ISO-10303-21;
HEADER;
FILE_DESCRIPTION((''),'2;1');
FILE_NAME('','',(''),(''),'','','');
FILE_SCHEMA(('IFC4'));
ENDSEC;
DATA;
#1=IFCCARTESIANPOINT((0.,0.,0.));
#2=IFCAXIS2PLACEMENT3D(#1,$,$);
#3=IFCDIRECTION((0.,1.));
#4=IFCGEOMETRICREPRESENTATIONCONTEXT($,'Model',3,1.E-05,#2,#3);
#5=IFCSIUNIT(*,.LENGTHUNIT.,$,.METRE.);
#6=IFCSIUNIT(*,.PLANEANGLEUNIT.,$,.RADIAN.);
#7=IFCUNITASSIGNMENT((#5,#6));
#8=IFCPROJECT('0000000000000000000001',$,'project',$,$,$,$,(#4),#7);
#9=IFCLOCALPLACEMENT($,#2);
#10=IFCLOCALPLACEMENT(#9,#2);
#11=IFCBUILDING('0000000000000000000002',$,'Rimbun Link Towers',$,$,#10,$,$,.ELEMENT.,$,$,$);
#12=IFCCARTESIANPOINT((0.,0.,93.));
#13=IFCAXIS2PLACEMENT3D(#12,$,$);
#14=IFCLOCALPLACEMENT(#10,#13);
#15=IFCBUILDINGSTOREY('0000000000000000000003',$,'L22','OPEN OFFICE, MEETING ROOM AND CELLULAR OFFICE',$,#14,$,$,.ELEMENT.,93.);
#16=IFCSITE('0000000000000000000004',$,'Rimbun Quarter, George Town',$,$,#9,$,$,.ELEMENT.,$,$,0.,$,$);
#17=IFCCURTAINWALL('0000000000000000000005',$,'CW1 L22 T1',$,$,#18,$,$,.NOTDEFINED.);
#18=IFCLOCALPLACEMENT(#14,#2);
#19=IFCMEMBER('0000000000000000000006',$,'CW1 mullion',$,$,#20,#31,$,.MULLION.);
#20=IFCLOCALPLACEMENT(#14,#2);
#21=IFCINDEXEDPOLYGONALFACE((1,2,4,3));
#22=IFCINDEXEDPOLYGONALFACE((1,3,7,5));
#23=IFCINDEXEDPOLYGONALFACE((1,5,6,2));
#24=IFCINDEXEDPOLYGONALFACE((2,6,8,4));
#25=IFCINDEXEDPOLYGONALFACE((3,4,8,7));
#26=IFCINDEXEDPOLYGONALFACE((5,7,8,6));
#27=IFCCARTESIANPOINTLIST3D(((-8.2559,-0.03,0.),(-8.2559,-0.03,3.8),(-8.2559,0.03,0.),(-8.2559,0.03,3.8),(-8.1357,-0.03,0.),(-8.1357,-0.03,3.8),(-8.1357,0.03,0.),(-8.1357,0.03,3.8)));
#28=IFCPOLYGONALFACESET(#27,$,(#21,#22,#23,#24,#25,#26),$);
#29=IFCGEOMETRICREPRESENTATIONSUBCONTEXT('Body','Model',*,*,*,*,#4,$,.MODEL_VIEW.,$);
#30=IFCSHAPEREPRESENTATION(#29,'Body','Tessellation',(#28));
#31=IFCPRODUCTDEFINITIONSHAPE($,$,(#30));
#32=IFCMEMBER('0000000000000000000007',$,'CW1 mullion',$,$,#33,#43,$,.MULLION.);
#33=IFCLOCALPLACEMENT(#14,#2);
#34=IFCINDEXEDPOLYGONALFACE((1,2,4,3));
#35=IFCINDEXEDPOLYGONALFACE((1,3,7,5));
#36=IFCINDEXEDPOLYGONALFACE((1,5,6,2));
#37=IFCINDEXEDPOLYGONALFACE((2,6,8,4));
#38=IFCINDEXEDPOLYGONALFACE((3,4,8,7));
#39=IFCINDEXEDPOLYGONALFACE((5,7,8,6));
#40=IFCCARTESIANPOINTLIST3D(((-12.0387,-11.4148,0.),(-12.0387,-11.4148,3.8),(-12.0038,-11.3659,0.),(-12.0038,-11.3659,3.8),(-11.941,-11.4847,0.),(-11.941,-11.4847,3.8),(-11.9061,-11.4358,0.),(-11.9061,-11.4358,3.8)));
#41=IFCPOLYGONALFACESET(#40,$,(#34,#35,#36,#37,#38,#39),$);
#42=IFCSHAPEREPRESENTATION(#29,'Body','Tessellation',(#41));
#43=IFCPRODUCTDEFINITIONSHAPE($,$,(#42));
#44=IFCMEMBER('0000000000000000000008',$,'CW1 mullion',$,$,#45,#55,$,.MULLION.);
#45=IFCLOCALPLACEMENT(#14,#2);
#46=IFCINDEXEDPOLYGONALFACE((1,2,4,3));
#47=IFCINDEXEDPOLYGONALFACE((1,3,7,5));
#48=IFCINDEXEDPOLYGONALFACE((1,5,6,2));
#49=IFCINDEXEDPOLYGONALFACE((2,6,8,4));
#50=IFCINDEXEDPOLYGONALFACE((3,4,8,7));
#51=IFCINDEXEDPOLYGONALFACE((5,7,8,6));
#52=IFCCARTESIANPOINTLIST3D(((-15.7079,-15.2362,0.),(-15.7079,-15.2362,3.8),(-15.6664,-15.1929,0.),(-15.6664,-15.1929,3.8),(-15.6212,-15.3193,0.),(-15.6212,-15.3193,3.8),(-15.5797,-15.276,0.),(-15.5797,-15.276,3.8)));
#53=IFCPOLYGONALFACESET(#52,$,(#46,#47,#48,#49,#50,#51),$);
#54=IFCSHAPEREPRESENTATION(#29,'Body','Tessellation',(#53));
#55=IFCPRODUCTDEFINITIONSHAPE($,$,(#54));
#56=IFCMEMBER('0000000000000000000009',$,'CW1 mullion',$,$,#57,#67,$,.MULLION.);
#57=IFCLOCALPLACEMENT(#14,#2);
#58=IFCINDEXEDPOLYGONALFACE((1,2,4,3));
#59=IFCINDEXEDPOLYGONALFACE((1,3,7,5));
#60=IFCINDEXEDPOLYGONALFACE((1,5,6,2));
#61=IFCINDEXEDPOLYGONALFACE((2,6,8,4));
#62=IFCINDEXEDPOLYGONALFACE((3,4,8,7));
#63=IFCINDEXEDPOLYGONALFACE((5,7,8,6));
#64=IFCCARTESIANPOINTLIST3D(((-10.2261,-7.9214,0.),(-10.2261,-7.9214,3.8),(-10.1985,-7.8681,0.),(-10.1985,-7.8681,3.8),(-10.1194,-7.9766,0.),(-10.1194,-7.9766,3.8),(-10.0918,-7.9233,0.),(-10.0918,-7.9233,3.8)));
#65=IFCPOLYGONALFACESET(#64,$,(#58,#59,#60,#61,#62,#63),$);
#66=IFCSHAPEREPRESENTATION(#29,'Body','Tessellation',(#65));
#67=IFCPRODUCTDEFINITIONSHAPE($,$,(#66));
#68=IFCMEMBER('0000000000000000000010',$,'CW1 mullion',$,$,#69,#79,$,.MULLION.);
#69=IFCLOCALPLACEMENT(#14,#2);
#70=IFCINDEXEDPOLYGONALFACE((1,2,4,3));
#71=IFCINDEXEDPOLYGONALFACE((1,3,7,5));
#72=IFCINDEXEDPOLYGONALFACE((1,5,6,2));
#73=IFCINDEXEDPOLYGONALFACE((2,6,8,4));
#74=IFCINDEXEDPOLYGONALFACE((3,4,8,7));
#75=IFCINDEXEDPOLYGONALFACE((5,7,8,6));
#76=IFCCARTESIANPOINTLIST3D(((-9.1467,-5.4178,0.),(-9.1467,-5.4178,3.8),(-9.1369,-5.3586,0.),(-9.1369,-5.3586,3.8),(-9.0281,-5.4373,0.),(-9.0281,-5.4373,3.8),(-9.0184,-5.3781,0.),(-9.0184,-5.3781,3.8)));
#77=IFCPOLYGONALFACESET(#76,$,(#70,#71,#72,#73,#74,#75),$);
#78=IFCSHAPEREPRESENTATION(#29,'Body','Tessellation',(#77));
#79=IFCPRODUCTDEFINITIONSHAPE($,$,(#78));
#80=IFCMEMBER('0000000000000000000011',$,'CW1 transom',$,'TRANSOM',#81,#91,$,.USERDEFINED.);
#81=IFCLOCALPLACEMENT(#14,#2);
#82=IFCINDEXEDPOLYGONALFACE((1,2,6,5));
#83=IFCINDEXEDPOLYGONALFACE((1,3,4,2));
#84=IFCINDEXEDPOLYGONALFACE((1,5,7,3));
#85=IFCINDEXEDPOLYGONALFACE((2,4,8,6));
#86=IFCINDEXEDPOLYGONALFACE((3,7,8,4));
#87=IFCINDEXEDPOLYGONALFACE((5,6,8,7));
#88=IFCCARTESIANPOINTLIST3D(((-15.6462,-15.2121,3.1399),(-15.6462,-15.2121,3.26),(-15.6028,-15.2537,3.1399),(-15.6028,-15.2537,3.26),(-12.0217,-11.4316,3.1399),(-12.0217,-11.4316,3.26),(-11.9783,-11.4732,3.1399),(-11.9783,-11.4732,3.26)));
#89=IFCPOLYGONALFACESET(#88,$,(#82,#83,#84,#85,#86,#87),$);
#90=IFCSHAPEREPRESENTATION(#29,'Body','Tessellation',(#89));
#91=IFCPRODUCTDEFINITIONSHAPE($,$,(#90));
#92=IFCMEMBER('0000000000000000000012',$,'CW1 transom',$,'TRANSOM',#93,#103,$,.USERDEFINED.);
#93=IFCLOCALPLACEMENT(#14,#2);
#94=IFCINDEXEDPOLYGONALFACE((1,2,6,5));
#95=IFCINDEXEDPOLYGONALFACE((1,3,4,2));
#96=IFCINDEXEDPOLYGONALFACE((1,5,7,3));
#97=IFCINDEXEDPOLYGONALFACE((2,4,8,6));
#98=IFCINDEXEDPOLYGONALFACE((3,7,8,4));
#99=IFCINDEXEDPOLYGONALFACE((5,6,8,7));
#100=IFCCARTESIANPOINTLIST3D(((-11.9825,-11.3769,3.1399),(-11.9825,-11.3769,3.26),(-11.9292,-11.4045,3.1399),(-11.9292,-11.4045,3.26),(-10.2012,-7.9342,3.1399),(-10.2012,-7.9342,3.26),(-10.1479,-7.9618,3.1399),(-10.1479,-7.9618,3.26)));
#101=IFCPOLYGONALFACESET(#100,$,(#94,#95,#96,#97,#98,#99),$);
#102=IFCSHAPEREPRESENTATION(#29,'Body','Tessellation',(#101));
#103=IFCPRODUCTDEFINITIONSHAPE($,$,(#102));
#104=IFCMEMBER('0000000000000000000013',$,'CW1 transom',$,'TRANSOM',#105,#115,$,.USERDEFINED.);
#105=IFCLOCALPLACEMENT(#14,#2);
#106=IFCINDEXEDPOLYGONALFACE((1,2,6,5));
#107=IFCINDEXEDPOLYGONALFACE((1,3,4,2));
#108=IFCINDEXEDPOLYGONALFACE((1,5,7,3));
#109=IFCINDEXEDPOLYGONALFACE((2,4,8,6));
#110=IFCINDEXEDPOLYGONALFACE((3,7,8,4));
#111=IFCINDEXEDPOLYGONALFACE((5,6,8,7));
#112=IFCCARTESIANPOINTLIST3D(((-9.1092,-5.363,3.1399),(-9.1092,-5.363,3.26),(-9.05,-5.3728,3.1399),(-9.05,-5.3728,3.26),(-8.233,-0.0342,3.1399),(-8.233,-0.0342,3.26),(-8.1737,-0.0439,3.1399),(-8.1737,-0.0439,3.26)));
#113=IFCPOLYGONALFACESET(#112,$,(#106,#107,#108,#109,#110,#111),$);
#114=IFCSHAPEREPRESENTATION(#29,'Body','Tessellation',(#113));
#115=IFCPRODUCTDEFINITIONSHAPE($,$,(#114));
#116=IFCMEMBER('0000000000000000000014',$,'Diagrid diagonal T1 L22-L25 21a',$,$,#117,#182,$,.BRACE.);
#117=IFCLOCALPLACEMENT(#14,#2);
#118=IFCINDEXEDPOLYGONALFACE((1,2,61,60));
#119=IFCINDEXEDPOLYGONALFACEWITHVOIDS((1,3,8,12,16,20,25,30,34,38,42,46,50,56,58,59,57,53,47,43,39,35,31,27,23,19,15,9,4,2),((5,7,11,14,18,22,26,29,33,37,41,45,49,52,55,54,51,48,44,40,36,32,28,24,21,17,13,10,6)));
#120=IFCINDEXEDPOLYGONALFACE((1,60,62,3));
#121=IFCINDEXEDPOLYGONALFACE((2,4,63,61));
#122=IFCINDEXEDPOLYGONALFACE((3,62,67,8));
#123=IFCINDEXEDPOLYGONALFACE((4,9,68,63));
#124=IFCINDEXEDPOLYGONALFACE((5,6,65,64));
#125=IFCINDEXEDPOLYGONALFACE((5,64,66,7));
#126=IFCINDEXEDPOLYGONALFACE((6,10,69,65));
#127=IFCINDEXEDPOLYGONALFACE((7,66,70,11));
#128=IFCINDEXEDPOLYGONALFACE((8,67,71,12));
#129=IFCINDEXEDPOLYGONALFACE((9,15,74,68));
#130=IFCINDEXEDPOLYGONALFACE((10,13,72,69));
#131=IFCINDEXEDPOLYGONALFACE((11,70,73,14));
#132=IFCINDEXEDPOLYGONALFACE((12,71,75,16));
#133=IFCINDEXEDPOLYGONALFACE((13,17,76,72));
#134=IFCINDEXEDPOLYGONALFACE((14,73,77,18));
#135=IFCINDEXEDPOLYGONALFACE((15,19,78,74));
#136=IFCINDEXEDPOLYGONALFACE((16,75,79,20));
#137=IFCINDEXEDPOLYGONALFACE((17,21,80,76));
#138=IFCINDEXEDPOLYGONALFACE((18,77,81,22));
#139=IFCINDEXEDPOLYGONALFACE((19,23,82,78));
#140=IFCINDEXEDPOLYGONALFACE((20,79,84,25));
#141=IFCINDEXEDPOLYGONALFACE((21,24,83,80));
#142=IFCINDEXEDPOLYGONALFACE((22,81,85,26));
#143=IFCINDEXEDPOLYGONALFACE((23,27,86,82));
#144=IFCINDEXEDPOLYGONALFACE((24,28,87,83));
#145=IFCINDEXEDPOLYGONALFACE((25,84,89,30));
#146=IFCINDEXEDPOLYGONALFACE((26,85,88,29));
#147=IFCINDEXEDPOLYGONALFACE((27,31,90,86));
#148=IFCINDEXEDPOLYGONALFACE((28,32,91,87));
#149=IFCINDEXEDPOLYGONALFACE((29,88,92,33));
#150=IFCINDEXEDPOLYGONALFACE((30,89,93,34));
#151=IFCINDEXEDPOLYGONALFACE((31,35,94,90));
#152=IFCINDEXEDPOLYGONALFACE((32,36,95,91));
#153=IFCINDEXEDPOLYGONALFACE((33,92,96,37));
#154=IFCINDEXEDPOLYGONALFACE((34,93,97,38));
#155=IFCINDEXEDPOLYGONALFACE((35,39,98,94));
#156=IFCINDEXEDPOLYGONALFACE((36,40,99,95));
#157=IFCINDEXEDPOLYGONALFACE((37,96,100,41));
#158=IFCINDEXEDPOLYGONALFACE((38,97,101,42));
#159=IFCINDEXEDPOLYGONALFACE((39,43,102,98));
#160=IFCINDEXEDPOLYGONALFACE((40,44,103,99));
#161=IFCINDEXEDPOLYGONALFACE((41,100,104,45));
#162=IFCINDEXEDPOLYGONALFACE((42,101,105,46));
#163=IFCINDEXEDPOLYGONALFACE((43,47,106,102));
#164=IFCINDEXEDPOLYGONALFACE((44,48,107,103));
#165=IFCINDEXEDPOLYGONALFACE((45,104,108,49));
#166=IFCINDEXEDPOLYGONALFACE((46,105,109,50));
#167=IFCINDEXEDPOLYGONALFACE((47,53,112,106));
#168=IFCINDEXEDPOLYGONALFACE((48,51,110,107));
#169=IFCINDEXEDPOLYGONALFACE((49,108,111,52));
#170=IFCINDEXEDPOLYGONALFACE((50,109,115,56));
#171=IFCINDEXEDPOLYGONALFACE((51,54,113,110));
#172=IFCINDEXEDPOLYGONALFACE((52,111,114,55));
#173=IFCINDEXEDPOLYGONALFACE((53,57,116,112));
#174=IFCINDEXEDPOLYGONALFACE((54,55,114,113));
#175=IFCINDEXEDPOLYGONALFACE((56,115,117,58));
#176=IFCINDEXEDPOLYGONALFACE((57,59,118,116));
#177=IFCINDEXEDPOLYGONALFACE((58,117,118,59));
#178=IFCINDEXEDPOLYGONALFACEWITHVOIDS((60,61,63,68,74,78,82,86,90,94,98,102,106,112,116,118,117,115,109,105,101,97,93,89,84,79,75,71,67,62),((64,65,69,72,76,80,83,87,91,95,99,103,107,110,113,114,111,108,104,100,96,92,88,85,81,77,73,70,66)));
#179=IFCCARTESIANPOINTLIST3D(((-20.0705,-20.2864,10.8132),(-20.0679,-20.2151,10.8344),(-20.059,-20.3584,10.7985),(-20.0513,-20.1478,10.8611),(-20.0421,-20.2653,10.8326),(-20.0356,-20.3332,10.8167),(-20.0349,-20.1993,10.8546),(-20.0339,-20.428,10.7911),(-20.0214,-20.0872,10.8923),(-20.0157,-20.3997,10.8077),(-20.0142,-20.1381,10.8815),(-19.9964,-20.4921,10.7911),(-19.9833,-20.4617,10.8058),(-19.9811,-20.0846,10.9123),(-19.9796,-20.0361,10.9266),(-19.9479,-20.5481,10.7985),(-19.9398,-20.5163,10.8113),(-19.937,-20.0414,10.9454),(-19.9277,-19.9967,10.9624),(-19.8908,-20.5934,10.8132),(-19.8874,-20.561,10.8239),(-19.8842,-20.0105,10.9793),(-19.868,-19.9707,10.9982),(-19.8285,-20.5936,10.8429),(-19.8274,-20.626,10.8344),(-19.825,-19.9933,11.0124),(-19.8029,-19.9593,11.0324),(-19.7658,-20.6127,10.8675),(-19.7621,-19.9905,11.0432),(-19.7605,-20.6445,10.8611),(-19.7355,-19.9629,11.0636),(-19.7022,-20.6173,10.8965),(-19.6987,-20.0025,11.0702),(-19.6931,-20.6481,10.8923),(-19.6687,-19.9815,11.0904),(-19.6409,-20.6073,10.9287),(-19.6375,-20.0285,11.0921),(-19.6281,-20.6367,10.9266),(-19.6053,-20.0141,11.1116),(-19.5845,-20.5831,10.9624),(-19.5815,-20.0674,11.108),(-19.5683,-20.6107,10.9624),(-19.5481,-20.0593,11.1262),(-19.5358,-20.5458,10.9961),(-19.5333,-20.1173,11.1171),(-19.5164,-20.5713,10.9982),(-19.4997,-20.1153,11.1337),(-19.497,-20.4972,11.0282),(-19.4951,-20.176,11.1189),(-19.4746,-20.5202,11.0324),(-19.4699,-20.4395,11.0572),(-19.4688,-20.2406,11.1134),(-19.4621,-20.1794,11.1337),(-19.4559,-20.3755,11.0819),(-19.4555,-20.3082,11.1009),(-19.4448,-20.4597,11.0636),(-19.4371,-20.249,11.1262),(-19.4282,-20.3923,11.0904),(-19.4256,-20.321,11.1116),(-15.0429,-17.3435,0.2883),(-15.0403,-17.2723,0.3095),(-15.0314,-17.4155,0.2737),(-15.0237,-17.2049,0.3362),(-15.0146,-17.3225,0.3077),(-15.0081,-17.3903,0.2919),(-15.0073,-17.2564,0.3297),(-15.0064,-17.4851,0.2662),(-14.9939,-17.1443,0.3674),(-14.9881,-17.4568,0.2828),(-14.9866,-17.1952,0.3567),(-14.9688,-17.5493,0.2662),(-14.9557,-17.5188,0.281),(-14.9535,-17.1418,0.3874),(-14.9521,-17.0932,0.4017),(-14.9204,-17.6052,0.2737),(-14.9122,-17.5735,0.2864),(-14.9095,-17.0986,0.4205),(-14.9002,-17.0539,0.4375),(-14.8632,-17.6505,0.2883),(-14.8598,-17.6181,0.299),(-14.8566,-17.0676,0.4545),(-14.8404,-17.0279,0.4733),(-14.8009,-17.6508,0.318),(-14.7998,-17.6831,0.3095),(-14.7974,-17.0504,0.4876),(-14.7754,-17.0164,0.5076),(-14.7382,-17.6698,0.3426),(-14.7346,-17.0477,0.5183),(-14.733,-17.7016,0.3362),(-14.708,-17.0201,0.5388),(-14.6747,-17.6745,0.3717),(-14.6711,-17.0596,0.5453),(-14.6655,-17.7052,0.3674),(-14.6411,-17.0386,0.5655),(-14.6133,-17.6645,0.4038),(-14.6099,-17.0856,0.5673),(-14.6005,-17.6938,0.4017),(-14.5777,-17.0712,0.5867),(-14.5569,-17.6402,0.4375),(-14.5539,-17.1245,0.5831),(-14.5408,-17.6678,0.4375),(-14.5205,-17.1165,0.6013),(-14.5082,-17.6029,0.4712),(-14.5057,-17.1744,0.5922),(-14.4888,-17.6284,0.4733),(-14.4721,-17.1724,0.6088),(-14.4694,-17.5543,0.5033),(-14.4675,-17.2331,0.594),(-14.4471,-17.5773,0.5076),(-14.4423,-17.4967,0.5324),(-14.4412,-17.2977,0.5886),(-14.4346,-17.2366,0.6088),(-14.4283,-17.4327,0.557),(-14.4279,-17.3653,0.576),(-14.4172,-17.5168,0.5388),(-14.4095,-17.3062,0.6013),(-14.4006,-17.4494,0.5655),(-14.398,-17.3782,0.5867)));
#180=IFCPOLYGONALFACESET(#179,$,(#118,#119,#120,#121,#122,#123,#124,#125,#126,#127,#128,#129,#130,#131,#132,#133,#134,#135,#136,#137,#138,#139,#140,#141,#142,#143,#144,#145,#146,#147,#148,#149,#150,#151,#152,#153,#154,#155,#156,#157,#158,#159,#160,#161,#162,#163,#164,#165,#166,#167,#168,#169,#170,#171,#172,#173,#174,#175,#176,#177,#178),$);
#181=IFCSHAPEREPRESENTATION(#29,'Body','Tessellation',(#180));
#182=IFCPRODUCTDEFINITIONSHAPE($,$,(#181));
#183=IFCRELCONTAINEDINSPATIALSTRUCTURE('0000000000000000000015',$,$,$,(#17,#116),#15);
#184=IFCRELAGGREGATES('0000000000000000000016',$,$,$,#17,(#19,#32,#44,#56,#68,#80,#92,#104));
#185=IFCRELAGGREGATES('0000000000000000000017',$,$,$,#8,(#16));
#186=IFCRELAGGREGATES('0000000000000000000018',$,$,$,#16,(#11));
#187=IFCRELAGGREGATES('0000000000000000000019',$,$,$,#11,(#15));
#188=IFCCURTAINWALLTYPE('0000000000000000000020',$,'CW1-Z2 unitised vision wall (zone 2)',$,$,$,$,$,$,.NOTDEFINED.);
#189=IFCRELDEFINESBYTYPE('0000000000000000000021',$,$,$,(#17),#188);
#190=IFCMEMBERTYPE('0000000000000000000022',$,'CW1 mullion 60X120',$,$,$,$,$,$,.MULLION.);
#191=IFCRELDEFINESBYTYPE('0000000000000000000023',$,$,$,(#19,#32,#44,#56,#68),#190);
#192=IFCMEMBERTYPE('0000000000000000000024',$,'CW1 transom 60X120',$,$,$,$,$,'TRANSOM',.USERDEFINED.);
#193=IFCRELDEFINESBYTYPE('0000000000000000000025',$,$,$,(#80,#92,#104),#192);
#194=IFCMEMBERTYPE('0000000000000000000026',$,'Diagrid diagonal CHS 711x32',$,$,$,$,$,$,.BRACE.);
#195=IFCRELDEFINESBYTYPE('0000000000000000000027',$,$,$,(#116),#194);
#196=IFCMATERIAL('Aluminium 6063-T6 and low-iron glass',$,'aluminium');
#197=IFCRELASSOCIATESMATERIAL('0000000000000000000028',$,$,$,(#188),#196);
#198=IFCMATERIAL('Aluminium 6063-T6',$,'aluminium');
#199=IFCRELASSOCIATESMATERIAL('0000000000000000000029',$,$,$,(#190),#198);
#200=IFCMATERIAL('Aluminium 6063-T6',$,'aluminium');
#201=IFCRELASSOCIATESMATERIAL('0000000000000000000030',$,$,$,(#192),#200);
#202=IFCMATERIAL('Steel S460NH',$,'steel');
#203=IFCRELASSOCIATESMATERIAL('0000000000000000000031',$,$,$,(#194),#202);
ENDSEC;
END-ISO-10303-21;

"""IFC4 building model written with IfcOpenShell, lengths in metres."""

from ifc_helpers import new_model, si_unit, direction, frame, origin, origin_2d, place, context, subcontext, project, spatial, rectangle, hollow_circle, extrude, material, material_profile, profile_set, type_object, element, aggregate, save


model = new_model("IFC4")

# Units and contexts
model_context = context("Model", 3, precision=1e-05, world=origin(), true_north=direction((0.0, 1.0)))
body_context = subcontext(model_context, "Body", "Model", "MODEL_VIEW")
ifc_project = project(units=[si_unit("LENGTHUNIT", "METRE"), si_unit("PLANEANGLEUNIT", "RADIAN")], contexts=[model_context])

# Site, building, storey
site_placement = place(None, origin())
site = spatial("IfcSite", under=ifc_project, at=site_placement, Name="Rimbun Quarter, George Town", CompositionType="ELEMENT", RefElevation=0.0)
building_placement = place(site_placement, origin())
building = spatial("IfcBuilding", under=site, at=building_placement, Name="Rimbun Link Towers", CompositionType="ELEMENT")
storey_placement = place(building_placement, frame((0.0, 0.0, 93.0)))
storey = spatial("IfcBuildingStorey", under=building, at=storey_placement, Name="L22", Description="OPEN OFFICE, MEETING ROOM AND CELLULAR OFFICE", CompositionType="ELEMENT", Elevation=93.0)

# Curtain wall, members
ifc_material_1 = material(Name="Aluminium 6063-T6 and low-iron glass", Category="aluminium")
curtain_wall_type = type_object("IfcCurtainWallType", Name="CW1-Z2 unitised vision wall (zone 2)", PredefinedType="NOTDEFINED", material=ifc_material_1)
curtain_wall_placement = place(storey_placement, origin())
curtain_wall = element("IfcCurtainWall", 1, at=curtain_wall_placement, inside=storey, type_object=curtain_wall_type, Name="CW1 L22 T1", PredefinedType="NOTDEFINED")
ifc_material_2 = material(Name="Aluminium 6063-T6", Category="aluminium")
ifc_material_profile_1 = material_profile(ifc_material_2, rectangle(XDim=0.1201, YDim=0.0601, at=origin_2d()), Name="MULLION 60X120")
ifc_profile_set_1 = profile_set([ifc_material_profile_1], Name="Aluminium 6063-T6")
member_type_1 = type_object("IfcMemberType", Name="CW1 mullion 60X120", PredefinedType="MULLION", material=ifc_profile_set_1)
member_1_placement = place(storey_placement, frame((-8.1958, 0.0, 0.0), z_axis=(0.0, 0.0, 1.0), x_axis=(1.0, 0.0, 0.0)))
member_1 = element("IfcMember", 2, at=member_1_placement, type_object=member_type_1, Name="CW1 mullion", PredefinedType="MULLION", context=body_context, shape_type="SweptSolid", body=[
    extrude(rectangle(XDim=0.1201, YDim=0.0601, at=origin_2d()), origin(), (0.0, 0.0, 1.0), 3.8),
])
member_2_placement = place(storey_placement, frame((-11.9724, -11.4253, 0.0), z_axis=(0.0, 0.0, 1.0), x_axis=(0.813351, -0.581773, 0.0)))
member_2 = element("IfcMember", 3, at=member_2_placement, type_object=member_type_1, Name="CW1 mullion", PredefinedType="MULLION", context=body_context, shape_type="SweptSolid", body=[
    extrude(rectangle(XDim=0.1201, YDim=0.0601, at=origin_2d()), origin(), (0.0, 0.0, 1.0), 3.8),
])
member_3_placement = place(storey_placement, frame((-15.6438, -15.2561, 0.0), z_axis=(0.0, 0.0, 1.0), x_axis=(0.721854, -0.692045, 0.0)))
member_3 = element("IfcMember", 4, at=member_3_placement, type_object=member_type_1, Name="CW1 mullion", PredefinedType="MULLION", context=body_context, shape_type="SweptSolid", body=[
    extrude(rectangle(XDim=0.1201, YDim=0.0601, at=origin_2d()), origin(), (0.0, 0.0, 1.0), 3.8),
])
member_4_placement = place(storey_placement, frame((-10.1589, -7.9224, 0.0), z_axis=(0.0, 0.0, 1.0), x_axis=(0.888149, -0.459556, 0.0)))
member_4 = element("IfcMember", 5, at=member_4_placement, type_object=member_type_1, Name="CW1 mullion", PredefinedType="MULLION", context=body_context, shape_type="SweptSolid", body=[
    extrude(rectangle(XDim=0.1201, YDim=0.0601, at=origin_2d()), origin(), (0.0, 0.0, 1.0), 3.8),
])
member_5_placement = place(storey_placement, frame((-9.0825, -5.3979, 0.0), z_axis=(0.0, 0.0, 1.0), x_axis=(0.986748, -0.16226, 0.0)))
member_5 = element("IfcMember", 6, at=member_5_placement, type_object=member_type_1, Name="CW1 mullion", PredefinedType="MULLION", context=body_context, shape_type="SweptSolid", body=[
    extrude(rectangle(XDim=0.1201, YDim=0.0601, at=origin_2d()), origin(), (0.0, 0.0, 1.0), 3.8),
])
ifc_material_3 = material(Name="Aluminium 6063-T6", Category="aluminium")
ifc_material_profile_2 = material_profile(ifc_material_3, rectangle(XDim=0.0601, YDim=0.1201, at=origin_2d()), Name="TRANSOM 60X120")
ifc_profile_set_2 = profile_set([ifc_material_profile_2], Name="Aluminium 6063-T6")
member_type_2 = type_object("IfcMemberType", Name="CW1 transom 60X120", ElementType="TRANSOM", PredefinedType="USERDEFINED", material=ifc_profile_set_2)
member_6_placement = place(storey_placement, frame((-12.0, -11.4524, 3.2), z_axis=(-0.692056, -0.721844, 0.0), x_axis=(0.721844, -0.692056, 0.0)))
member_6 = element("IfcMember", 7, at=member_6_placement, type_object=member_type_2, Name="CW1 transom", ObjectType="TRANSOM", PredefinedType="USERDEFINED", context=body_context, shape_type="SweptSolid", body=[
    extrude(rectangle(XDim=0.0601, YDim=0.1201, at=origin_2d()), origin(), (0.0, 0.0, 1.0), 5.2373),
])
member_7_placement = place(storey_placement, frame((-10.1746, -7.948, 3.2), z_axis=(-0.459541, -0.888156, 0.0), x_axis=(0.888156, -0.459541, 0.0)))
member_7 = element("IfcMember", 8, at=member_7_placement, type_object=member_type_2, Name="CW1 transom", ObjectType="TRANSOM", PredefinedType="USERDEFINED", context=body_context, shape_type="SweptSolid", body=[
    extrude(rectangle(XDim=0.0601, YDim=0.1201, at=origin_2d()), origin(), (0.0, 0.0, 1.0), 3.8762),
])
member_8_placement = place(storey_placement, frame((-8.2034, -0.0391, 3.2), z_axis=(-0.162251, -0.98675, 0.0), x_axis=(0.98675, -0.162251, 0.0)))
member_8 = element("IfcMember", 9, at=member_8_placement, type_object=member_type_2, Name="CW1 transom", ObjectType="TRANSOM", PredefinedType="USERDEFINED", context=body_context, shape_type="SweptSolid", body=[
    extrude(rectangle(XDim=0.0601, YDim=0.1201, at=origin_2d()), origin(), (0.0, 0.0, 1.0), 5.4004),
])

# Member
ifc_material_4 = material(Name="Steel S460NH", Category="steel")
ifc_material_profile_3 = material_profile(ifc_material_4, hollow_circle(Radius=0.3557, WallThickness=0.032, at=origin_2d()), Name="Diagrid diagonal CHS 711x32")
ifc_profile_set_3 = profile_set([ifc_material_profile_3], Name="Steel S460NH")
member_type_3 = type_object("IfcMemberType", Name="Diagrid diagonal CHS 711x32", PredefinedType="BRACE", material=ifc_profile_set_3)
member_9_placement = place(storey_placement, frame((-14.7205, -17.3608, 0.4375), z_axis=(-0.417936, -0.244636, 0.874919), x_axis=(0.505165, -0.863022, 0.0)))
element("IfcMember", 10, at=member_9_placement, inside=storey, type_object=member_type_3, Name="Diagrid diagonal T1 L22-L25 21a", PredefinedType="BRACE", context=body_context, shape_type="SweptSolid", body=[
    extrude(hollow_circle(Radius=0.3557, WallThickness=0.032, at=origin_2d()), origin(), (0.0, 0.0, 1.0), 12.0295),
])

aggregate(curtain_wall, [member_1, member_2, member_3, member_4, member_5, member_6, member_7, member_8])

save(model, "model.ifc")
